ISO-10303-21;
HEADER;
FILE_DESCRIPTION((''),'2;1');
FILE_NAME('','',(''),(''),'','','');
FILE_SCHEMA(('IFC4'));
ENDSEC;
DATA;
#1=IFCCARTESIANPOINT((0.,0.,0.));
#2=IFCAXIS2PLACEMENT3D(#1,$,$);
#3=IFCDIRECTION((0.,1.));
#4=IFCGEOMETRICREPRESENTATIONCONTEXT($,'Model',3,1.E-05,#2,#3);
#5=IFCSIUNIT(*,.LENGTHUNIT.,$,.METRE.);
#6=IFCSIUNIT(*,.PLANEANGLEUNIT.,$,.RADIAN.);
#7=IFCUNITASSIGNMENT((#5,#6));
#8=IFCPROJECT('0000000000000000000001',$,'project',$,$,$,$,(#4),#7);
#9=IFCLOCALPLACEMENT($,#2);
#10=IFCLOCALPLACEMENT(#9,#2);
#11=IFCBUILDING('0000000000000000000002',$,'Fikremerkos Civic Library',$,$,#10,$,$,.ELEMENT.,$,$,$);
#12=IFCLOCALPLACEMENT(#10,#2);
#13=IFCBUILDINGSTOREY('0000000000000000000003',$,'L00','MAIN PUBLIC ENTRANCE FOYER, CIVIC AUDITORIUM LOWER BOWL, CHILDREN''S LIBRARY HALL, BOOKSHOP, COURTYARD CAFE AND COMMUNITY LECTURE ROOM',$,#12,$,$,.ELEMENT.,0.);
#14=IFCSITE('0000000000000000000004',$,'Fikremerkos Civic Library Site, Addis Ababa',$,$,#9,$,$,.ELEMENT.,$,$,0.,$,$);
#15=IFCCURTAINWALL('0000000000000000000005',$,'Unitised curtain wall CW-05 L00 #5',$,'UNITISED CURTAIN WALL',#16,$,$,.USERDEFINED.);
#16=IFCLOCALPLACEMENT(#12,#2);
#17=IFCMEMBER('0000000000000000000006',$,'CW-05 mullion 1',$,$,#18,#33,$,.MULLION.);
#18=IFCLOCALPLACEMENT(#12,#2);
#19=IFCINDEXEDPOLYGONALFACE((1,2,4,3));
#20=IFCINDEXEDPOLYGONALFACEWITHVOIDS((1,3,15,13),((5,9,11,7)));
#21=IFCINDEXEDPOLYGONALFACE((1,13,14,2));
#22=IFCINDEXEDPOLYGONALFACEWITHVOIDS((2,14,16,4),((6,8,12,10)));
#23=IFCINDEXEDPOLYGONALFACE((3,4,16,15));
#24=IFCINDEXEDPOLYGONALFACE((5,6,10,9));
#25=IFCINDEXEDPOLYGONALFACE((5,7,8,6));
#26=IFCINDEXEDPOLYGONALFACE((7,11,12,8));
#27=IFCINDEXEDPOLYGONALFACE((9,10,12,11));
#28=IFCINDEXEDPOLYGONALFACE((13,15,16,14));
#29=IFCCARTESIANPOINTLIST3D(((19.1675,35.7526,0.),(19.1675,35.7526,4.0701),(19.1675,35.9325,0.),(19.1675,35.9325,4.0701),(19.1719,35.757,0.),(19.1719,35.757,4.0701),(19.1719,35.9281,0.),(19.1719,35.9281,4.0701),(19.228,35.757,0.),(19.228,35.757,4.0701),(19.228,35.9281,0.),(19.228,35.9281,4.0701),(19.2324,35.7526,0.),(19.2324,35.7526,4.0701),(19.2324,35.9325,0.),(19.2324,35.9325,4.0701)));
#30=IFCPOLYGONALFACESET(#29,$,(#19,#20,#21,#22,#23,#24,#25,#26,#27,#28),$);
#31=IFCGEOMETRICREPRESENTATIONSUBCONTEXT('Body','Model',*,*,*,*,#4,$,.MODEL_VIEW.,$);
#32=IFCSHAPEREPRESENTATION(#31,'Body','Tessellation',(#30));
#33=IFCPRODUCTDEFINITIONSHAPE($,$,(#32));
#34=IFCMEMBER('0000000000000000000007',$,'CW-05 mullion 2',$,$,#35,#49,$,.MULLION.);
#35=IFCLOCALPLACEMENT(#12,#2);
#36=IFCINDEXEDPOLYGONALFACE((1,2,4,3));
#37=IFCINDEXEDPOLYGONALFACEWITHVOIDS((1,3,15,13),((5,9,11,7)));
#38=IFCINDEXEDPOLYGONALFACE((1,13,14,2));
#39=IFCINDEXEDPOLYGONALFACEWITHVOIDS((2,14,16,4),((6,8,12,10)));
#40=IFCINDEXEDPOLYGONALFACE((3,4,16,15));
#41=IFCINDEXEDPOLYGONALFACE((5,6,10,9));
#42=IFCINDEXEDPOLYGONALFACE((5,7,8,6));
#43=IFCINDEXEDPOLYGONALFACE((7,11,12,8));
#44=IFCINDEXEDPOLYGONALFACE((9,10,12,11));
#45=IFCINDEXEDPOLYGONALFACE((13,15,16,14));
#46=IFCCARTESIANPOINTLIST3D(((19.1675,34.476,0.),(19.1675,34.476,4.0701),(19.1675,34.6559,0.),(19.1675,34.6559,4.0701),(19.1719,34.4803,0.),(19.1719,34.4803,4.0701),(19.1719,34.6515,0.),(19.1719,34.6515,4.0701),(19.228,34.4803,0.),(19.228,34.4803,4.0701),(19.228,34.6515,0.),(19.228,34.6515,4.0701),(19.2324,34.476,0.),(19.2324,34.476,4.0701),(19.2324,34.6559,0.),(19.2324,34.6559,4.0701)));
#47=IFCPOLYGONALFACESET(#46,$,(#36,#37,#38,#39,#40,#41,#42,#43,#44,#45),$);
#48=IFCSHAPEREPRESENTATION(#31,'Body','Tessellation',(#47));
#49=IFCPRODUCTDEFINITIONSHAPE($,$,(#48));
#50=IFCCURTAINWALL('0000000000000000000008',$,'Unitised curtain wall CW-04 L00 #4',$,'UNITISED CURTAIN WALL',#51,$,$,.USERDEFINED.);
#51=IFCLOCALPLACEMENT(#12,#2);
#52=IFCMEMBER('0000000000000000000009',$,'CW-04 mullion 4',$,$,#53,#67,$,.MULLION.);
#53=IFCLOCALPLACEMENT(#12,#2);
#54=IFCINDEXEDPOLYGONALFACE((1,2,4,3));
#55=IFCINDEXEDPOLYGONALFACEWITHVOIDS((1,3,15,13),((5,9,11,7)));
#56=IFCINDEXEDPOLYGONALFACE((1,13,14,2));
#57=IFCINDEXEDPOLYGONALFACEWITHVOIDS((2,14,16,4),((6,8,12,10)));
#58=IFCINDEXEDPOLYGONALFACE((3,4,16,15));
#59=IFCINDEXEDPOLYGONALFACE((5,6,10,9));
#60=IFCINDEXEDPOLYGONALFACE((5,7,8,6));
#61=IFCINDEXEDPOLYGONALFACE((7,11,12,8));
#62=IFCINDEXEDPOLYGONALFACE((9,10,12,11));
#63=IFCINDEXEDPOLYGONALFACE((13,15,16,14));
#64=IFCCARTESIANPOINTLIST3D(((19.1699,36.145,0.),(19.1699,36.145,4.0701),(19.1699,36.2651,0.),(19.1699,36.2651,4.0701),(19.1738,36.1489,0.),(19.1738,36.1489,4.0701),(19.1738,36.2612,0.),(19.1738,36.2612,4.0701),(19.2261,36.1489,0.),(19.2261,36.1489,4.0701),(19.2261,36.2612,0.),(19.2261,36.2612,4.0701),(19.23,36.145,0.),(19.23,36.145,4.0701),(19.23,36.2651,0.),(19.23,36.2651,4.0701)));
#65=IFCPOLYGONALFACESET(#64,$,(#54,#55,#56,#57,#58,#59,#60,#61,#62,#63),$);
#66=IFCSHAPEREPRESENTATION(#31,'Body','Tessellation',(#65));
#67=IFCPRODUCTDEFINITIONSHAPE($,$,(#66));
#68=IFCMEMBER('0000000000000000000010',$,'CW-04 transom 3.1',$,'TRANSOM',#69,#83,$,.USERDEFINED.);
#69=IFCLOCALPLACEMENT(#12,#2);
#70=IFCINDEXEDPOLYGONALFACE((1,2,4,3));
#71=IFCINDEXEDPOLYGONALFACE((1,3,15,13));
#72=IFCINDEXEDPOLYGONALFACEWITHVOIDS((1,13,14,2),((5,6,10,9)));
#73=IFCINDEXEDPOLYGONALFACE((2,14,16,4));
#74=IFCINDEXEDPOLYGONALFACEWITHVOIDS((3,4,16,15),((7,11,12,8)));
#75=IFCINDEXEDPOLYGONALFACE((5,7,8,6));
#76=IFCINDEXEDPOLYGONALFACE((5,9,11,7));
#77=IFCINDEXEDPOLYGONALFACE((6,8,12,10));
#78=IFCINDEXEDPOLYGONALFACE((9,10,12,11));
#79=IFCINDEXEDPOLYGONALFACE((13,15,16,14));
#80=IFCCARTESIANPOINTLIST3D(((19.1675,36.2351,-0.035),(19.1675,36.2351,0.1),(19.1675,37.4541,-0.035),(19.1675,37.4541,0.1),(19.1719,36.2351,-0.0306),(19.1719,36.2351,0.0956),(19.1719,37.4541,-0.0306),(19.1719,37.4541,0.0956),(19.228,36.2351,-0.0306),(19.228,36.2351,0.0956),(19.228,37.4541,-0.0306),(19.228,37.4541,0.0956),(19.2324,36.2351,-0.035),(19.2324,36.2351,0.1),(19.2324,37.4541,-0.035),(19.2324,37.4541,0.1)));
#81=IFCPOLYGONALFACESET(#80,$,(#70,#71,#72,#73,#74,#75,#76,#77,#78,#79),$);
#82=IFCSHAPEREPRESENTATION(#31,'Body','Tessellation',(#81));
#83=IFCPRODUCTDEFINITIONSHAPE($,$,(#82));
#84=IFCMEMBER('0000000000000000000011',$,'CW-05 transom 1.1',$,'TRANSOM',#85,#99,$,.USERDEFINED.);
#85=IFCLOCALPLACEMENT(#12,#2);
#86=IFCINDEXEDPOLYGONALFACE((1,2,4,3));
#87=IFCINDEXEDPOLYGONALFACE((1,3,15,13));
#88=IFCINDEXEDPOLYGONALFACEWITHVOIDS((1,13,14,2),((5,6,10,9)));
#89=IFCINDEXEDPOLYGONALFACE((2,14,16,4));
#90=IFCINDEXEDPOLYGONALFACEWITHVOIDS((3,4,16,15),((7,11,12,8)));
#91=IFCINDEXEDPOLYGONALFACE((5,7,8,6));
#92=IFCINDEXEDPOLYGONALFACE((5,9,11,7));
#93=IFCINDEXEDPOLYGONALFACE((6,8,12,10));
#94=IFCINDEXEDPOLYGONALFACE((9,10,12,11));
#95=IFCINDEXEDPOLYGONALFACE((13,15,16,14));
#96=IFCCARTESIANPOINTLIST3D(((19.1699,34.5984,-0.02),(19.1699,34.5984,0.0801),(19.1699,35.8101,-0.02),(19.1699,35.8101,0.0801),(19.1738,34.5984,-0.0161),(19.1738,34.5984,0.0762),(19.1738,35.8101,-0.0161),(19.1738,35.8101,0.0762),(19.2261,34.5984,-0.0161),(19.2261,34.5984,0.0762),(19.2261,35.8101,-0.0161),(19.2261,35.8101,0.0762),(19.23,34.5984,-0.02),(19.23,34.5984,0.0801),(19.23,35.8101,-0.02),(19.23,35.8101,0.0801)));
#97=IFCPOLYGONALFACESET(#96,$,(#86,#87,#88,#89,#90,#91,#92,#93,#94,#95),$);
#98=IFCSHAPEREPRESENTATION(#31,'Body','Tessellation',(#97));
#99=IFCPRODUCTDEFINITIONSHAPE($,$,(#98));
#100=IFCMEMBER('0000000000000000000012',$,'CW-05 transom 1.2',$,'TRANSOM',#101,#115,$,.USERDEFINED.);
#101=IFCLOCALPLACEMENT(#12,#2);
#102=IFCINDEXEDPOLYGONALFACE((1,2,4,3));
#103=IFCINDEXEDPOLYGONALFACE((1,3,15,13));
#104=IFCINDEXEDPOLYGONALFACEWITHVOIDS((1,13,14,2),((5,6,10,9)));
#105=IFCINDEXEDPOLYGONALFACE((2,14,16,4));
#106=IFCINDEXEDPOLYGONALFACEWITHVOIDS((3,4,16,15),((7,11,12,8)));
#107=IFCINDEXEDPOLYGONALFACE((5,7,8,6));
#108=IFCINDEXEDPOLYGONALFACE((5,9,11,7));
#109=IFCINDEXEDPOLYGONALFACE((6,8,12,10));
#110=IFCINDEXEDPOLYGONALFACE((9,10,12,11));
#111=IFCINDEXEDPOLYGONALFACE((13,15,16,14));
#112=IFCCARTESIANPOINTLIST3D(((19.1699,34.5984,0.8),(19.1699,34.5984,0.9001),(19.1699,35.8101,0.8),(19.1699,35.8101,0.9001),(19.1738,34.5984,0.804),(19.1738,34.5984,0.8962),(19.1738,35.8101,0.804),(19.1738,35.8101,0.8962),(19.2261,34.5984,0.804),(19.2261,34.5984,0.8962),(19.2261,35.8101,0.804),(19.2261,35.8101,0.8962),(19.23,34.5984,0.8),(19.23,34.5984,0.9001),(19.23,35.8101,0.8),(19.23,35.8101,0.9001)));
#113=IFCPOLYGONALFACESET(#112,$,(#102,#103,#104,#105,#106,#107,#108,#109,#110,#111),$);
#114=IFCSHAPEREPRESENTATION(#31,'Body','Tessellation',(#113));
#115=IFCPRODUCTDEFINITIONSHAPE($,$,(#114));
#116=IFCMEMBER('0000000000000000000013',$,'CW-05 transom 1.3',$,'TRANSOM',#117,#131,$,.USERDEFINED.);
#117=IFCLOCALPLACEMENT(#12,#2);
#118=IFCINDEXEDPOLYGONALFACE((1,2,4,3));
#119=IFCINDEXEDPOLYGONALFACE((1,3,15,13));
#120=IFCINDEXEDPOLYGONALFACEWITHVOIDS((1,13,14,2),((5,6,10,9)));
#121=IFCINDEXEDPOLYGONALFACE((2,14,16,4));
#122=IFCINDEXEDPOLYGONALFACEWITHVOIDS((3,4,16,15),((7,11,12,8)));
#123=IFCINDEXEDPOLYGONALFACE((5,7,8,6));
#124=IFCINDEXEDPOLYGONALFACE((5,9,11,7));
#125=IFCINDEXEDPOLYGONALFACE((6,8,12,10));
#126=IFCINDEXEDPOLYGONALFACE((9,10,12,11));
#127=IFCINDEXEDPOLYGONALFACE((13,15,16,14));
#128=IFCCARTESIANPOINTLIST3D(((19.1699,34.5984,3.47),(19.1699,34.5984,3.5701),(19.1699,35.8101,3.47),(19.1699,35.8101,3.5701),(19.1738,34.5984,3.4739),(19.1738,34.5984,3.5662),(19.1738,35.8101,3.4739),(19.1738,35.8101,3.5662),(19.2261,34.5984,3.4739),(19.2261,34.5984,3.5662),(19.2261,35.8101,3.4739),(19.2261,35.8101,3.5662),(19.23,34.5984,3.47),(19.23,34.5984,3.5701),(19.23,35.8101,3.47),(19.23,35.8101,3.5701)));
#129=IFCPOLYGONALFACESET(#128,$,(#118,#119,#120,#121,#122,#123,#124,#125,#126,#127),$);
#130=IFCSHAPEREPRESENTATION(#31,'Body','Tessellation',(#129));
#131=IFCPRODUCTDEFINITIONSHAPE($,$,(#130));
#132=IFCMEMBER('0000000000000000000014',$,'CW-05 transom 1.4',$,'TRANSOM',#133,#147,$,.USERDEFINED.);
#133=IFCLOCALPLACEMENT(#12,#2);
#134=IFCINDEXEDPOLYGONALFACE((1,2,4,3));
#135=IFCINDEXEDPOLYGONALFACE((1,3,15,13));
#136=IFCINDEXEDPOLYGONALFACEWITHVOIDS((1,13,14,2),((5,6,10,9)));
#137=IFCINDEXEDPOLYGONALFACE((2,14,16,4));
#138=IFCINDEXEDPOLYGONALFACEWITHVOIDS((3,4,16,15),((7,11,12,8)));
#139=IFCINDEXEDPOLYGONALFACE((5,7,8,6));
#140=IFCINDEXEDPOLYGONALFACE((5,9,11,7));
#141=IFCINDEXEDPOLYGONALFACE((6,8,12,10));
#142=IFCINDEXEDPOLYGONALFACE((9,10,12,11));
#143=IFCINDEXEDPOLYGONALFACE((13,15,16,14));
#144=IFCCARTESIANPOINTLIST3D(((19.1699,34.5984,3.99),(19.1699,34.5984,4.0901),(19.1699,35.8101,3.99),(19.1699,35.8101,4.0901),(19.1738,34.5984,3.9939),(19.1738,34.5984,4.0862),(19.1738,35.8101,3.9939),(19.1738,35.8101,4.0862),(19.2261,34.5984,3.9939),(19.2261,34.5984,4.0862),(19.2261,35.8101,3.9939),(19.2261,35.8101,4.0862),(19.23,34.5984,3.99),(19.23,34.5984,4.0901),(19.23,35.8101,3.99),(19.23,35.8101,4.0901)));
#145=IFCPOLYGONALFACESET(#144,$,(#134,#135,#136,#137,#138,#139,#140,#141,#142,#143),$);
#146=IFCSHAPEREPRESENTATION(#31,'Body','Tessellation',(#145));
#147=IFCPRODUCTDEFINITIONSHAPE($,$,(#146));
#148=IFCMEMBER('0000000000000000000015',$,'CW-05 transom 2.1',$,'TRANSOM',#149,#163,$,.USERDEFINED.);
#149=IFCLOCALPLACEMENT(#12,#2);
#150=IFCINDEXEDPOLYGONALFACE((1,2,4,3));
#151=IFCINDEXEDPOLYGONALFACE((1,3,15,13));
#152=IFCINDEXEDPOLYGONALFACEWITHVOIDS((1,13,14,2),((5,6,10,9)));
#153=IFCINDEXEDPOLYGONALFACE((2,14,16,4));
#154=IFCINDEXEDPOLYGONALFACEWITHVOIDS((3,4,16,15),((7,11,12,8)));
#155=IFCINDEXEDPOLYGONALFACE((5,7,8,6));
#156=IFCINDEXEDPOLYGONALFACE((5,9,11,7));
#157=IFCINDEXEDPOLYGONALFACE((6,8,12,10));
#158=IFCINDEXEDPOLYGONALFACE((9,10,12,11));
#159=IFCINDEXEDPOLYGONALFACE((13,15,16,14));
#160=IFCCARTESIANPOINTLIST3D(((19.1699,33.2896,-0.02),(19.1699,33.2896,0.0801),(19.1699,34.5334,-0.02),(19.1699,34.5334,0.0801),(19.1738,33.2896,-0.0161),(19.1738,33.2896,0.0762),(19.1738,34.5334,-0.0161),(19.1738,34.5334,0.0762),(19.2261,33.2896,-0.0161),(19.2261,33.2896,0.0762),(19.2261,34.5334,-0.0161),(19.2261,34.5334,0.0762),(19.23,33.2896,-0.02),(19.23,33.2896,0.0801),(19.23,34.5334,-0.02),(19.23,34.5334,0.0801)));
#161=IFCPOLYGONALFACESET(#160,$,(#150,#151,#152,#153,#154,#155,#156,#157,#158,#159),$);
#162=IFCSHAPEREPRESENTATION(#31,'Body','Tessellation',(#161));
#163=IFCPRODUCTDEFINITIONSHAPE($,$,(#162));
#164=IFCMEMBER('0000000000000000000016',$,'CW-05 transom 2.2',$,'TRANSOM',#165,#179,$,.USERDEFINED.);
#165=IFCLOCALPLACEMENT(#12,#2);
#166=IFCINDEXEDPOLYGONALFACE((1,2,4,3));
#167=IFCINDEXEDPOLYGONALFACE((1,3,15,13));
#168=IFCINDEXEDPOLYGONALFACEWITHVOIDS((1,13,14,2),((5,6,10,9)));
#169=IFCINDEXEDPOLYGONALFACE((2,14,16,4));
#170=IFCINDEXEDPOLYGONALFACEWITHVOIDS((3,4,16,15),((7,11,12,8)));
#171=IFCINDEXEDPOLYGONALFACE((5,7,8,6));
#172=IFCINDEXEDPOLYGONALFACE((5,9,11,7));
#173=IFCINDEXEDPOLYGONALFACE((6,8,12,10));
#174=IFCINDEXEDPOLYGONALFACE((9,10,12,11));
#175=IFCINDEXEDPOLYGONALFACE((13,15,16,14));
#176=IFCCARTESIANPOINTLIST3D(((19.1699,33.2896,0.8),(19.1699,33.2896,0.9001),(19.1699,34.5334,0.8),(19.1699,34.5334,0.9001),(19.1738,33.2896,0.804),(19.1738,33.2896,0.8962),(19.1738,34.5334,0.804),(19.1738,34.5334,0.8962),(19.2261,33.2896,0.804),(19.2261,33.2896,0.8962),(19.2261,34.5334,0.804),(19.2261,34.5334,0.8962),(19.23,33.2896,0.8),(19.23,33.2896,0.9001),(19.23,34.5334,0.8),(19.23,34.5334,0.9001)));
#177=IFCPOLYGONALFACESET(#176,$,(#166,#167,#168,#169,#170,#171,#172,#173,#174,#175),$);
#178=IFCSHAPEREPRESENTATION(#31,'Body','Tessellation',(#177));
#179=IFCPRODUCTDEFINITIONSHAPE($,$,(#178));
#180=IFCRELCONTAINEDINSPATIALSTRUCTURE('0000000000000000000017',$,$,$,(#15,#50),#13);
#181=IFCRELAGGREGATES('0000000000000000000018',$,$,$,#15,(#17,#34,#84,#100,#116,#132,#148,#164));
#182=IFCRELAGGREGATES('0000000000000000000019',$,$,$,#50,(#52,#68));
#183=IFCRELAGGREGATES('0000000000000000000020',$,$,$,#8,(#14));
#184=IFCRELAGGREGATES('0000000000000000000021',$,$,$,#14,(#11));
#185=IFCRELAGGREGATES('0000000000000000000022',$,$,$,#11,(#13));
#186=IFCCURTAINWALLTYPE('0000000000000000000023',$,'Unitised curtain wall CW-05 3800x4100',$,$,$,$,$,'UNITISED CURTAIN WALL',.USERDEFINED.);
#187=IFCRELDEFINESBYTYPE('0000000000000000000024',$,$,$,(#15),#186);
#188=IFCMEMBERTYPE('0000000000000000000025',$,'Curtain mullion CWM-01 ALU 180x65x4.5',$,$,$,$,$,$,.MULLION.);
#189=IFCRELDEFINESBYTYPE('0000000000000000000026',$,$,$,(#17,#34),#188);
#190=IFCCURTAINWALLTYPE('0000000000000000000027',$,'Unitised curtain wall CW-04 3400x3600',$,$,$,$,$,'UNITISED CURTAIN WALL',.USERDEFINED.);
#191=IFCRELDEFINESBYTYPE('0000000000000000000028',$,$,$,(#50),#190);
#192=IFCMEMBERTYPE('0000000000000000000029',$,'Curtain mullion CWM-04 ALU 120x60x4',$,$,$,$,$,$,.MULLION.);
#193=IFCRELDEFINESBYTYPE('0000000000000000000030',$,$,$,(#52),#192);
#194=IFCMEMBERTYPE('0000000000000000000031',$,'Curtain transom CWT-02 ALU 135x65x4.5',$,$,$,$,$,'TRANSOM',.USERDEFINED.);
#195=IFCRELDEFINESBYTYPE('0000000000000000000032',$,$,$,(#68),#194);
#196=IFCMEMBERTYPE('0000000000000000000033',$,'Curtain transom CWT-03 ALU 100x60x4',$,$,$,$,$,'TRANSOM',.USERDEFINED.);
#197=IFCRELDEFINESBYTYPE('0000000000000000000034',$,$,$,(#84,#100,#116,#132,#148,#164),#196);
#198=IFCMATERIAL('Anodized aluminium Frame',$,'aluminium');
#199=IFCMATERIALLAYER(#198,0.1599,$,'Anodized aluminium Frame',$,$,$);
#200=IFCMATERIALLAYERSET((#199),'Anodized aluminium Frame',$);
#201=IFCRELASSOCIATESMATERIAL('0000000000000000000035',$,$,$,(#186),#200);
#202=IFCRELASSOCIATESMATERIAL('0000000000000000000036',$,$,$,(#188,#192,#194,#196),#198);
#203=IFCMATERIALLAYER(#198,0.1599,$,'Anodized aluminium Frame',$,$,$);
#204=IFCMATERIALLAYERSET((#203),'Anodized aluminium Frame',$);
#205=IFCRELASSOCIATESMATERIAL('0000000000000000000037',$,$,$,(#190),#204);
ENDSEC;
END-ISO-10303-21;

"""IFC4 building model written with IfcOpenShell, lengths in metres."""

from ifc_helpers import new_model, si_unit, direction, frame, origin, origin_2d, place, context, subcontext, project, spatial, hollow_rectangle, extrude, material, layer, layer_set, material_profile, profile_set, type_object, element, aggregate, save


model = new_model("IFC4")

# Units and contexts
model_context = context("Model", 3, precision=1e-05, world=origin(), true_north=direction((0.0, 1.0)))
body_context = subcontext(model_context, "Body", "Model", "MODEL_VIEW")
ifc_project = project(units=[si_unit("LENGTHUNIT", "METRE"), si_unit("PLANEANGLEUNIT", "RADIAN")], contexts=[model_context])

# Site, building, storey
site_placement = place(None, origin())
site = spatial("IfcSite", under=ifc_project, at=site_placement, Name="Fikremerkos Civic Library Site, Addis Ababa", CompositionType="ELEMENT", RefElevation=0.0)
building_placement = place(site_placement, origin())
building = spatial("IfcBuilding", under=site, at=building_placement, Name="Fikremerkos Civic Library", CompositionType="ELEMENT")
storey_placement = place(building_placement, origin())
storey = spatial("IfcBuildingStorey", under=building, at=storey_placement, Name="L00", Description="MAIN PUBLIC ENTRANCE FOYER, CIVIC AUDITORIUM LOWER BOWL, CHILDREN'S LIBRARY HALL, BOOKSHOP, COURTYARD CAFE AND COMMUNITY LECTURE ROOM", CompositionType="ELEMENT", Elevation=0.0)

# Curtain walls, members
ifc_material_1 = material(Name="Anodized aluminium Frame", Category="aluminium")
ifc_layer_1 = layer(ifc_material_1, 0.1599, Name="Anodized aluminium Frame")
ifc_layer_set_1 = layer_set([ifc_layer_1], Name="Anodized aluminium Frame")
curtain_wall_type_1 = type_object("IfcCurtainWallType", Name="Unitised curtain wall CW-05 3800x4100", ElementType="UNITISED CURTAIN WALL", PredefinedType="USERDEFINED", material=ifc_layer_set_1)
curtain_wall_1_placement = place(storey_placement, origin())
curtain_wall_1 = element("IfcCurtainWall", 1, at=curtain_wall_1_placement, inside=storey, type_object=curtain_wall_type_1, Name="Unitised curtain wall CW-05 L00 #5", ObjectType="UNITISED CURTAIN WALL", PredefinedType="USERDEFINED")
ifc_material_profile_1 = material_profile(ifc_material_1, hollow_rectangle(XDim=0.0649, YDim=0.1799, WallThickness=0.0044, at=origin_2d()), Name="ALU 180x65x4.5")
ifc_profile_set_1 = profile_set([ifc_material_profile_1], Name="Anodized aluminium Frame")
member_type_1 = type_object("IfcMemberType", Name="Curtain mullion CWM-01 ALU 180x65x4.5", PredefinedType="MULLION", material=ifc_profile_set_1)
member_1_placement = place(storey_placement, frame((19.2, 35.8425, 0.0), z_axis=(0.0, 0.0, 1.0), x_axis=(1.0, 0.0, 0.0)))
member_1 = element("IfcMember", 2, at=member_1_placement, type_object=member_type_1, Name="CW-05 mullion 1", PredefinedType="MULLION", context=body_context, shape_type="SweptSolid", body=[
    extrude(hollow_rectangle(XDim=0.0649, YDim=0.1799, WallThickness=0.0044, at=origin_2d()), origin(), (0.0, 0.0, 1.0), 4.0701),
])
member_2_placement = place(storey_placement, frame((19.2, 34.5659, 0.0), z_axis=(0.0, 0.0, 1.0), x_axis=(1.0, 0.0, 0.0)))
member_2 = element("IfcMember", 3, at=member_2_placement, type_object=member_type_1, Name="CW-05 mullion 2", PredefinedType="MULLION", context=body_context, shape_type="SweptSolid", body=[
    extrude(hollow_rectangle(XDim=0.0649, YDim=0.1799, WallThickness=0.0044, at=origin_2d()), origin(), (0.0, 0.0, 1.0), 4.0701),
])
ifc_layer_2 = layer(ifc_material_1, 0.1599, Name="Anodized aluminium Frame")
ifc_layer_set_2 = layer_set([ifc_layer_2], Name="Anodized aluminium Frame")
curtain_wall_type_2 = type_object("IfcCurtainWallType", Name="Unitised curtain wall CW-04 3400x3600", ElementType="UNITISED CURTAIN WALL", PredefinedType="USERDEFINED", material=ifc_layer_set_2)
curtain_wall_2_placement = place(storey_placement, origin())
curtain_wall_2 = element("IfcCurtainWall", 4, at=curtain_wall_2_placement, inside=storey, type_object=curtain_wall_type_2, Name="Unitised curtain wall CW-04 L00 #4", ObjectType="UNITISED CURTAIN WALL", PredefinedType="USERDEFINED")
ifc_material_profile_2 = material_profile(ifc_material_1, hollow_rectangle(XDim=0.0601, YDim=0.1201, WallThickness=0.0039, at=origin_2d()), Name="ALU 120x60x4")
ifc_profile_set_2 = profile_set([ifc_material_profile_2], Name="Anodized aluminium Frame")
member_type_2 = type_object("IfcMemberType", Name="Curtain mullion CWM-04 ALU 120x60x4", PredefinedType="MULLION", material=ifc_profile_set_2)
member_3_placement = place(storey_placement, frame((19.2, 36.2051, 0.0), z_axis=(0.0, 0.0, 1.0), x_axis=(1.0, 0.0, 0.0)))
member_3 = element("IfcMember", 5, at=member_3_placement, type_object=member_type_2, Name="CW-04 mullion 4", PredefinedType="MULLION", context=body_context, shape_type="SweptSolid", body=[
    extrude(hollow_rectangle(XDim=0.0601, YDim=0.1201, WallThickness=0.0039, at=origin_2d()), origin(), (0.0, 0.0, 1.0), 4.0701),
])
ifc_material_profile_3 = material_profile(ifc_material_1, hollow_rectangle(XDim=0.0649, YDim=0.135, WallThickness=0.0044, at=origin_2d()), Name="ALU 135x65x4.5")
ifc_profile_set_3 = profile_set([ifc_material_profile_3], Name="Anodized aluminium Frame")
member_type_3 = type_object("IfcMemberType", Name="Curtain transom CWT-02 ALU 135x65x4.5", ElementType="TRANSOM", PredefinedType="USERDEFINED", material=ifc_profile_set_3)
member_4_placement = place(storey_placement, frame((19.2, 37.4541, 0.0325), z_axis=(0.0, -1.0, 0.0), x_axis=(1.0, 0.0, 0.0)))
member_4 = element("IfcMember", 6, at=member_4_placement, type_object=member_type_3, Name="CW-04 transom 3.1", ObjectType="TRANSOM", PredefinedType="USERDEFINED", context=body_context, shape_type="SweptSolid", body=[
    extrude(hollow_rectangle(XDim=0.0649, YDim=0.135, WallThickness=0.0044, at=origin_2d()), origin(), (0.0, 0.0, 1.0), 1.219),
])

# Members
ifc_material_profile_4 = material_profile(ifc_material_1, hollow_rectangle(XDim=0.0601, YDim=0.1001, WallThickness=0.0039, at=origin_2d()), Name="ALU 100x60x4")
ifc_profile_set_4 = profile_set([ifc_material_profile_4], Name="Anodized aluminium Frame")
member_type_4 = type_object("IfcMemberType", Name="Curtain transom CWT-03 ALU 100x60x4", ElementType="TRANSOM", PredefinedType="USERDEFINED", material=ifc_profile_set_4)
member_5_placement = place(storey_placement, frame((19.2, 35.8101, 0.03), z_axis=(0.0, -1.0, 0.0), x_axis=(1.0, 0.0, 0.0)))
member_5 = element("IfcMember", 7, at=member_5_placement, type_object=member_type_4, Name="CW-05 transom 1.1", ObjectType="TRANSOM", PredefinedType="USERDEFINED", context=body_context, shape_type="SweptSolid", body=[
    extrude(hollow_rectangle(XDim=0.0601, YDim=0.1001, WallThickness=0.0039, at=origin_2d()), origin(), (0.0, 0.0, 1.0), 1.2117),
])
member_6_placement = place(storey_placement, frame((19.2, 35.8101, 0.8501), z_axis=(0.0, -1.0, 0.0), x_axis=(1.0, 0.0, 0.0)))
member_6 = element("IfcMember", 8, at=member_6_placement, type_object=member_type_4, Name="CW-05 transom 1.2", ObjectType="TRANSOM", PredefinedType="USERDEFINED", context=body_context, shape_type="SweptSolid", body=[
    extrude(hollow_rectangle(XDim=0.0601, YDim=0.1001, WallThickness=0.0039, at=origin_2d()), origin(), (0.0, 0.0, 1.0), 1.2117),
])
member_7_placement = place(storey_placement, frame((19.2, 35.8101, 3.52), z_axis=(0.0, -1.0, 0.0), x_axis=(1.0, 0.0, 0.0)))
member_7 = element("IfcMember", 9, at=member_7_placement, type_object=member_type_4, Name="CW-05 transom 1.3", ObjectType="TRANSOM", PredefinedType="USERDEFINED", context=body_context, shape_type="SweptSolid", body=[
    extrude(hollow_rectangle(XDim=0.0601, YDim=0.1001, WallThickness=0.0039, at=origin_2d()), origin(), (0.0, 0.0, 1.0), 1.2117),
])
member_8_placement = place(storey_placement, frame((19.2, 35.8101, 4.04), z_axis=(0.0, -1.0, 0.0), x_axis=(1.0, 0.0, 0.0)))
member_8 = element("IfcMember", 10, at=member_8_placement, type_object=member_type_4, Name="CW-05 transom 1.4", ObjectType="TRANSOM", PredefinedType="USERDEFINED", context=body_context, shape_type="SweptSolid", body=[
    extrude(hollow_rectangle(XDim=0.0601, YDim=0.1001, WallThickness=0.0039, at=origin_2d()), origin(), (0.0, 0.0, 1.0), 1.2117),
])
member_9_placement = place(storey_placement, frame((19.2, 34.5334, 0.03), z_axis=(0.0, -1.0, 0.0), x_axis=(1.0, 0.0, 0.0)))
member_9 = element("IfcMember", 11, at=member_9_placement, type_object=member_type_4, Name="CW-05 transom 2.1", ObjectType="TRANSOM", PredefinedType="USERDEFINED", context=body_context, shape_type="SweptSolid", body=[
    extrude(hollow_rectangle(XDim=0.0601, YDim=0.1001, WallThickness=0.0039, at=origin_2d()), origin(), (0.0, 0.0, 1.0), 1.2439),
])
member_10_placement = place(storey_placement, frame((19.2, 34.5334, 0.8501), z_axis=(0.0, -1.0, 0.0), x_axis=(1.0, 0.0, 0.0)))
member_10 = element("IfcMember", 12, at=member_10_placement, type_object=member_type_4, Name="CW-05 transom 2.2", ObjectType="TRANSOM", PredefinedType="USERDEFINED", context=body_context, shape_type="SweptSolid", body=[
    extrude(hollow_rectangle(XDim=0.0601, YDim=0.1001, WallThickness=0.0039, at=origin_2d()), origin(), (0.0, 0.0, 1.0), 1.2439),
])

aggregate(curtain_wall_1, [member_1, member_2, member_5, member_6, member_7, member_8, member_9, member_10])
aggregate(curtain_wall_2, [member_3, member_4])

save(model, "model.ifc")
